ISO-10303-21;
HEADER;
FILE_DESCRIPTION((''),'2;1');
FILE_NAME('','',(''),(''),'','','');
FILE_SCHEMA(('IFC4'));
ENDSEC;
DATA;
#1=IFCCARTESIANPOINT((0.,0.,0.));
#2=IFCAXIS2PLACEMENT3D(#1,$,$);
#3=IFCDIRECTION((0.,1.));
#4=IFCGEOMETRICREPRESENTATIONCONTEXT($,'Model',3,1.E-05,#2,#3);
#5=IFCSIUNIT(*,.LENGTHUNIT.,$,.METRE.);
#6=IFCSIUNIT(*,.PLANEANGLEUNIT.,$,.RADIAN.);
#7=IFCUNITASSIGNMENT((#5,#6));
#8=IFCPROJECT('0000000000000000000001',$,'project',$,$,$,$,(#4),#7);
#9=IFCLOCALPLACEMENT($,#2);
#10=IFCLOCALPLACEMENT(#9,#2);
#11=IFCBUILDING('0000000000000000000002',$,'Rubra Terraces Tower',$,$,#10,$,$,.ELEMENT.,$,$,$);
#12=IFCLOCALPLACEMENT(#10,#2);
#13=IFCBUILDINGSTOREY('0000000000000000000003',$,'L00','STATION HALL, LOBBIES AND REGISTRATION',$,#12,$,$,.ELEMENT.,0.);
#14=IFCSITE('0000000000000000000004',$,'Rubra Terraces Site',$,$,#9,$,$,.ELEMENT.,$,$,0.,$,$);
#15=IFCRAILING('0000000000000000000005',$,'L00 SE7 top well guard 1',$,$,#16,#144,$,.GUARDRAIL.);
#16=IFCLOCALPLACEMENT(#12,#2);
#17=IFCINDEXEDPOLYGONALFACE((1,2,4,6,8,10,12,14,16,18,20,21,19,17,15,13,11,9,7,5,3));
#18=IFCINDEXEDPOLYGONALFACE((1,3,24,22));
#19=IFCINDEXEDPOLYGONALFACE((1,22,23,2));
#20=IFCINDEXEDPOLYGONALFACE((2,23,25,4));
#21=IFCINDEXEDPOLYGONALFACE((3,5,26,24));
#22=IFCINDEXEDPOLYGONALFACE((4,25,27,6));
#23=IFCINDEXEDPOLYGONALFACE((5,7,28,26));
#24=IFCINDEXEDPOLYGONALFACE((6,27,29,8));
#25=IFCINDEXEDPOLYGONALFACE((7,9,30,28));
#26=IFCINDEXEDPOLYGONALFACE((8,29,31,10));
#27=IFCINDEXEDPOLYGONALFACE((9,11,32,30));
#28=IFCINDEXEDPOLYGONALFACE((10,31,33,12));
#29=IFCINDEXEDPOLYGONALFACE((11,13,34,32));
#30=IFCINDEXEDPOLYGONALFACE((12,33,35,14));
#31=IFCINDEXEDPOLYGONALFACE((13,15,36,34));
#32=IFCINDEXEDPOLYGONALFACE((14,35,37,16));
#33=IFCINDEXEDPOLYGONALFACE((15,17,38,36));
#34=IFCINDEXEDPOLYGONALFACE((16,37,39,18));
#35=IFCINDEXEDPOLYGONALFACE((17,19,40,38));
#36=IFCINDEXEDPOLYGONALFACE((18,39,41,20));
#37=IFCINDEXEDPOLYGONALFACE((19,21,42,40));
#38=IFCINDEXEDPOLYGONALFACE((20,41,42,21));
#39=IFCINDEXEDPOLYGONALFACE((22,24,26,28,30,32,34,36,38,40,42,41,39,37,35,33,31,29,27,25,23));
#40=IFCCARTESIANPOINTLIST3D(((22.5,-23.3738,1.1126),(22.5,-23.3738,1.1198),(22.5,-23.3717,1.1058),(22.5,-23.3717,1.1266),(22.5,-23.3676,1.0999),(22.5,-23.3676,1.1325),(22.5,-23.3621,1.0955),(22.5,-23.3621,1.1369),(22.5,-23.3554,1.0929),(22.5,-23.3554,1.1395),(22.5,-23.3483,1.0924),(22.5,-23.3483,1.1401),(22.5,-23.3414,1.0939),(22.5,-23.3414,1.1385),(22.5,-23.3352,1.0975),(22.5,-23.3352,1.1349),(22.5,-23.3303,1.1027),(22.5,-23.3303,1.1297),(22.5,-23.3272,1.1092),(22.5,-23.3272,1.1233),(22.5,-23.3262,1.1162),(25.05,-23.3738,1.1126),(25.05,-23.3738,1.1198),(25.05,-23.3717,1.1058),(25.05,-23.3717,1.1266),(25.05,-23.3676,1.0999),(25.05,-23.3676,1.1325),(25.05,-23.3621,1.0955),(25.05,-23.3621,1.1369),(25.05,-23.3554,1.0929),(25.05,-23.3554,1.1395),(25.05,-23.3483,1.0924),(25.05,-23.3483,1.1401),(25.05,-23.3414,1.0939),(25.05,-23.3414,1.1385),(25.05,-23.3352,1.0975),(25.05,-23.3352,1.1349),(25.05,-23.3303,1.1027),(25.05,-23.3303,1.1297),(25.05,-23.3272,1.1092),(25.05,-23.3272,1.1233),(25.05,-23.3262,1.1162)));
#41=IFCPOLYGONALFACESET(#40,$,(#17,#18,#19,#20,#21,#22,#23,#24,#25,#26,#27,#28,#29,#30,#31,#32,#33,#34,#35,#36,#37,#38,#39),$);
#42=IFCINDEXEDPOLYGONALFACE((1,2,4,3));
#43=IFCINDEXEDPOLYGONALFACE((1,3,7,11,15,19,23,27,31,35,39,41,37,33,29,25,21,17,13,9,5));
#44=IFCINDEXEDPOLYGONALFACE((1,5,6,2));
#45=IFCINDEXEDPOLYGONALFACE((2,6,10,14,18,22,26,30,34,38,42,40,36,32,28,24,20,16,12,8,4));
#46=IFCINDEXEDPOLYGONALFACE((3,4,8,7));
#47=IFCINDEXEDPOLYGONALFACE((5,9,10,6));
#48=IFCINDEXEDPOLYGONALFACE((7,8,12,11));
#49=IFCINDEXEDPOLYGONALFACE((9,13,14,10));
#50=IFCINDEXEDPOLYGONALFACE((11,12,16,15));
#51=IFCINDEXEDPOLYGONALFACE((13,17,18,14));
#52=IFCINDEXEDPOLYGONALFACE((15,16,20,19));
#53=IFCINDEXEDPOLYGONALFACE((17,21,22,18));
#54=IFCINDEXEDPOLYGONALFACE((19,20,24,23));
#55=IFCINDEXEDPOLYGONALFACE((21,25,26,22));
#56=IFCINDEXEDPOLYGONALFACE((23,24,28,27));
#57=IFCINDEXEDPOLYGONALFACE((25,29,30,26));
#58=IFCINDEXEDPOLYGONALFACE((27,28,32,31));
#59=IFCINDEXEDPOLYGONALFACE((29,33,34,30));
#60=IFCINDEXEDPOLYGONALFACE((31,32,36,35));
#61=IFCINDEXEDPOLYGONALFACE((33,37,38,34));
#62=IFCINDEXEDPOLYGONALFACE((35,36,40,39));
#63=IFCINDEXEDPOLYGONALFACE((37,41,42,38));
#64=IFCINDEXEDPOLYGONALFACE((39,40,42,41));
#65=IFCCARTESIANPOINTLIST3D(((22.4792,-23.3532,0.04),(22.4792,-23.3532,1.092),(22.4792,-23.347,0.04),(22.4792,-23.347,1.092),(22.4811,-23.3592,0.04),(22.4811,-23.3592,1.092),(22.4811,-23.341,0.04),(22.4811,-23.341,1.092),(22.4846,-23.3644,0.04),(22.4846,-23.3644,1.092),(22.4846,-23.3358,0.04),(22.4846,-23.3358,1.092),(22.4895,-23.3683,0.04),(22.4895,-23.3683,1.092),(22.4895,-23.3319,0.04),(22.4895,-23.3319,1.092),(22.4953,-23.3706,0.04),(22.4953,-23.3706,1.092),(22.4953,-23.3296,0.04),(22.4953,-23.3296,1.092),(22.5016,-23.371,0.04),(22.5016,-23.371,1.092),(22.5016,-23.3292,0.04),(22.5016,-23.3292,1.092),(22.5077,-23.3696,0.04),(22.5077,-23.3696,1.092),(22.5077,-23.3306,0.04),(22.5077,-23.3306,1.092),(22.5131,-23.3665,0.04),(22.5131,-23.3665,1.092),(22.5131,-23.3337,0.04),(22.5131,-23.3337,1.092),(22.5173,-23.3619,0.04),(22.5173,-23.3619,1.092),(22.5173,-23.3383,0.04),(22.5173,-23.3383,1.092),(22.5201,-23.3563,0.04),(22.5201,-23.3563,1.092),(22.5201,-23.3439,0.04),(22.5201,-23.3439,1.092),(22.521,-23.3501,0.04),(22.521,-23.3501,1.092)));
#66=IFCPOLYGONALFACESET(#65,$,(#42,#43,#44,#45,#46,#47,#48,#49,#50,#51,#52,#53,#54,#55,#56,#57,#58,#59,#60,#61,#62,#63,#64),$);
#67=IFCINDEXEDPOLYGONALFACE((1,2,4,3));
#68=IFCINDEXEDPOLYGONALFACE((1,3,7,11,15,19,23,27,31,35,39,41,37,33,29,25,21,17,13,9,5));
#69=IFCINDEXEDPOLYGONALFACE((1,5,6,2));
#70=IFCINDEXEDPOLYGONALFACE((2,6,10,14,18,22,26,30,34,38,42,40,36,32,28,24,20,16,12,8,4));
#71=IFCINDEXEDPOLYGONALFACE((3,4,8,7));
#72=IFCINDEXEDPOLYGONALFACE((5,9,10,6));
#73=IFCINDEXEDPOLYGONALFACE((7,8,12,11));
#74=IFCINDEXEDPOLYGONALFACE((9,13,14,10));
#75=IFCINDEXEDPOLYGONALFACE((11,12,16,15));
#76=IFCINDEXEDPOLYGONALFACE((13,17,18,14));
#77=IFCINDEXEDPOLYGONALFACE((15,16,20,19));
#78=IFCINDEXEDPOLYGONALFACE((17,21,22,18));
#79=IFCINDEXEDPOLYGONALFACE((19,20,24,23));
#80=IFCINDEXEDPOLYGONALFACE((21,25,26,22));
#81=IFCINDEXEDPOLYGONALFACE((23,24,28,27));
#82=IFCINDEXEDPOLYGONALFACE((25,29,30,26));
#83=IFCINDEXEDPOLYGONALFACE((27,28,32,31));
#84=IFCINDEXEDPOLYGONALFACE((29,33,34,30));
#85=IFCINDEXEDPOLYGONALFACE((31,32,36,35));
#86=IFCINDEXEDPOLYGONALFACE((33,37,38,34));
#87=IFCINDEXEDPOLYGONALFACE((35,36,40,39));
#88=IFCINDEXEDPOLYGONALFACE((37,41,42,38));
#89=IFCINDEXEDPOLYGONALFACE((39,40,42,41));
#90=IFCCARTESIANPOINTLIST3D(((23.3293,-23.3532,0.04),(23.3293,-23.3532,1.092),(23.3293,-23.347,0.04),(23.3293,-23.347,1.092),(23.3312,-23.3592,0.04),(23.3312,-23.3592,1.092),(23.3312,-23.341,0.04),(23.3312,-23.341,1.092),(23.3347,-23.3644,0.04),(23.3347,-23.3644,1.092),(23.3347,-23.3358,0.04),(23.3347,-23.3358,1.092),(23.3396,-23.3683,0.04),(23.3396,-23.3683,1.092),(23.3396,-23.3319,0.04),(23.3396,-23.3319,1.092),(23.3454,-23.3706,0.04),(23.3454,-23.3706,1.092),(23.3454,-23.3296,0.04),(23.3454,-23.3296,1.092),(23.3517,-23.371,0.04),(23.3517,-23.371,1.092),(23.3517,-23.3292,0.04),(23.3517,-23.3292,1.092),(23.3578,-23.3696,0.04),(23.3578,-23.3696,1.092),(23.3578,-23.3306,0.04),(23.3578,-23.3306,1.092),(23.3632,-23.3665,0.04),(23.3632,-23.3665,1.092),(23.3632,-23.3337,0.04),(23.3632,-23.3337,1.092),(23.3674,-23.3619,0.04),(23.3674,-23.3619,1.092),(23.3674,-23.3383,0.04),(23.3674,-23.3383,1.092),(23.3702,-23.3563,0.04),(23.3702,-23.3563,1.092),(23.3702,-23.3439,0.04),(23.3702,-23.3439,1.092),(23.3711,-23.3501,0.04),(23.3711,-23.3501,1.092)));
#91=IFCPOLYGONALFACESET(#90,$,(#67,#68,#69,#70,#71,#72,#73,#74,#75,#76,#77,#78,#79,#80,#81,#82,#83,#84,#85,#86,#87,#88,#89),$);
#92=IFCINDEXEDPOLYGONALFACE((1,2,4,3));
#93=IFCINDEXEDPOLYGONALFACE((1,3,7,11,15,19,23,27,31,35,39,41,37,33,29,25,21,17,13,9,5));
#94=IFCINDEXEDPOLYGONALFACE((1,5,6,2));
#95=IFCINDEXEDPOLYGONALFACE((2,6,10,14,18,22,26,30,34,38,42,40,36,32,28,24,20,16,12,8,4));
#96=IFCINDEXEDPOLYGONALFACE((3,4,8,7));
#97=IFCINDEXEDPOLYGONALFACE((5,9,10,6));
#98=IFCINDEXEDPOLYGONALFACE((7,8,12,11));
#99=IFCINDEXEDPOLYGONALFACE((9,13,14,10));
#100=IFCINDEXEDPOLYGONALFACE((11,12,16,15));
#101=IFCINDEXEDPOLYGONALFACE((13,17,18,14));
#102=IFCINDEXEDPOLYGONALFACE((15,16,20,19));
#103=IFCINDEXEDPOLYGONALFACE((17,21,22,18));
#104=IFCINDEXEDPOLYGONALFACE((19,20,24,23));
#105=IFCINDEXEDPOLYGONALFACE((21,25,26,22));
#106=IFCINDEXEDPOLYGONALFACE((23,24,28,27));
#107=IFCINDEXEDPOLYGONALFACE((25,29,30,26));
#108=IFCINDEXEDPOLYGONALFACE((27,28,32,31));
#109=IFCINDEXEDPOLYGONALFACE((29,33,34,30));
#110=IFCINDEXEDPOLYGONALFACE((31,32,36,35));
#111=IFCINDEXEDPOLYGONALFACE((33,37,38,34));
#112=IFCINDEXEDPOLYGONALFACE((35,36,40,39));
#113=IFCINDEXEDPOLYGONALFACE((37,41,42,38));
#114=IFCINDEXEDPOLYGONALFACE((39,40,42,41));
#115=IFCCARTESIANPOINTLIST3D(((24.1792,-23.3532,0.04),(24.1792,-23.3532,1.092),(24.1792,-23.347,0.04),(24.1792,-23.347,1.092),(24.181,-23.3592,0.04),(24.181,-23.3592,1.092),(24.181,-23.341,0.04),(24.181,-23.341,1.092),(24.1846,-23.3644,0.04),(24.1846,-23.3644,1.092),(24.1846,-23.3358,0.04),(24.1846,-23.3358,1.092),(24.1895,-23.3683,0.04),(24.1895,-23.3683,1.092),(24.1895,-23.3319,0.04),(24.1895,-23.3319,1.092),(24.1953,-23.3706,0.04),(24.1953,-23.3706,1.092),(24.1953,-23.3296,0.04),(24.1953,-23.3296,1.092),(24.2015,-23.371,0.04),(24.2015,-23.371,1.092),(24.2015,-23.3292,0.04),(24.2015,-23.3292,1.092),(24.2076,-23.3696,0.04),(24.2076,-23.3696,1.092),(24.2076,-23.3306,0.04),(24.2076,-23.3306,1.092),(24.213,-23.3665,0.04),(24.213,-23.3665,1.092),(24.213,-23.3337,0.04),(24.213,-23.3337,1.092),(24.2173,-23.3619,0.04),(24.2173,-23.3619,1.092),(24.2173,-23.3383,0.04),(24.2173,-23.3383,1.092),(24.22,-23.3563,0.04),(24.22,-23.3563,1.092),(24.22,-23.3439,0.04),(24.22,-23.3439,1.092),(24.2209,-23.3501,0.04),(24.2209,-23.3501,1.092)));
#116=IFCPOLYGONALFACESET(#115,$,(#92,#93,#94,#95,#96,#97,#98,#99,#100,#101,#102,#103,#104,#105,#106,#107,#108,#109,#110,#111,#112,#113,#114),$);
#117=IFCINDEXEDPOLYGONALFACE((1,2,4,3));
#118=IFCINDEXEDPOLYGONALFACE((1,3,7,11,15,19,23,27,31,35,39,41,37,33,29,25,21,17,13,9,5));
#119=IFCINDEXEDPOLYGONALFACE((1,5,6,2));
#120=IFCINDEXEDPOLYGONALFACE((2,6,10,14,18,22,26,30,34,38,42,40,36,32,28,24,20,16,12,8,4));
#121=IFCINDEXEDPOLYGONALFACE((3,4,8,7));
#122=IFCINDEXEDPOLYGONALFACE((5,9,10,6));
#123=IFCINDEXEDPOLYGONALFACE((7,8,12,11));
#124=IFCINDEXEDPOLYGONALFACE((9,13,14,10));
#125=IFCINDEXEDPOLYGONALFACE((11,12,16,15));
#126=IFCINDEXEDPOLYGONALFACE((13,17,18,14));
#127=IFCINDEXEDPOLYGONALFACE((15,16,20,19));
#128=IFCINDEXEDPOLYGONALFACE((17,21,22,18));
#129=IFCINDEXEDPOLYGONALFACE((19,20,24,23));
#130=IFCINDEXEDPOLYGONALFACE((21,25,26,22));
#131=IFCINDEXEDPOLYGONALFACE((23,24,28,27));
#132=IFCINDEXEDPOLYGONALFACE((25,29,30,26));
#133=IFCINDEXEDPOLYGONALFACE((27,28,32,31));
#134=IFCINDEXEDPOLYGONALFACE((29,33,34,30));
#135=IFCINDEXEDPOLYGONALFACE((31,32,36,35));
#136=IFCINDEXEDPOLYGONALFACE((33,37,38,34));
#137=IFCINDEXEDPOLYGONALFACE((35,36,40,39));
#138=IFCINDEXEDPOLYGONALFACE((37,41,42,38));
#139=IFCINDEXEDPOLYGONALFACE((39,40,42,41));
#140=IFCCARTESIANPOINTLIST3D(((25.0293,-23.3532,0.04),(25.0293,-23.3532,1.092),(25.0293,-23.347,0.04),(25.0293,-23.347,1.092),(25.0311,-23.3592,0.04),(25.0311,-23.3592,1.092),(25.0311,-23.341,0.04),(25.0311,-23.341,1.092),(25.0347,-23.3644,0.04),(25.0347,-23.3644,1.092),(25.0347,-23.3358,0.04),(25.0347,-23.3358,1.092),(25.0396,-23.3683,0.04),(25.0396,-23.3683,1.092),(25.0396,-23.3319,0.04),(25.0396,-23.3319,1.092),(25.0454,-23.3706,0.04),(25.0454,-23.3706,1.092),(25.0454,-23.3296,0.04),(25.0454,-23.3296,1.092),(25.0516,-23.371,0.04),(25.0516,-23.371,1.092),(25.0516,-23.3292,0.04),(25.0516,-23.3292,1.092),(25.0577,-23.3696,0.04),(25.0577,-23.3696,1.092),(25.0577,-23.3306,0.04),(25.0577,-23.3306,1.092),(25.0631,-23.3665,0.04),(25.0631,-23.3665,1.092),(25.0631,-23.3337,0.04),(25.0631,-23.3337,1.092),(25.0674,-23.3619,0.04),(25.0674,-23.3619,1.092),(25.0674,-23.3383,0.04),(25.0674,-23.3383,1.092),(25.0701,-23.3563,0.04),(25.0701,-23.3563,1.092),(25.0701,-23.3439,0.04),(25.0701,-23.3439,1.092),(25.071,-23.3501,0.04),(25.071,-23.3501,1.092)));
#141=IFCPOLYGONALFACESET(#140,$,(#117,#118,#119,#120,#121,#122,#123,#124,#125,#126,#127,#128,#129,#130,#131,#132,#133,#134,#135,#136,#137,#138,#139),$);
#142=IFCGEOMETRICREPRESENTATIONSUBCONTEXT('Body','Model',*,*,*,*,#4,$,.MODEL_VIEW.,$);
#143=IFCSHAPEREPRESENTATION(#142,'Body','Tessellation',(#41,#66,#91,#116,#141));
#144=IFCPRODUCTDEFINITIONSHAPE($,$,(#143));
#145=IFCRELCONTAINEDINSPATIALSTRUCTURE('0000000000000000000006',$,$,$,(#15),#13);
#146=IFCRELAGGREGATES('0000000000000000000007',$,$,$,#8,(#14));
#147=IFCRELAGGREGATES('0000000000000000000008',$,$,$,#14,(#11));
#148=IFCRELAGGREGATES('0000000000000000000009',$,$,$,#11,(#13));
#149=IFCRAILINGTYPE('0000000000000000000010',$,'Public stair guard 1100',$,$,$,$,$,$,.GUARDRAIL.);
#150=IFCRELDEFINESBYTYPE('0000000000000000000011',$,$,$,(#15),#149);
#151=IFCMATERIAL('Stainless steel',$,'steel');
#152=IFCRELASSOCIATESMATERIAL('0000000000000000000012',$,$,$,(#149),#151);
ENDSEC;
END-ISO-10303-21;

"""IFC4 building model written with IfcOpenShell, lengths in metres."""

from ifc_helpers import new_model, si_unit, direction, frame, origin, origin_2d, place, context, subcontext, project, spatial, circle, extrude, material, type_object, element, save


model = new_model("IFC4")

# Units and contexts
model_context = context("Model", 3, precision=1e-05, world=origin(), true_north=direction((0.0, 1.0)))
body_context = subcontext(model_context, "Body", "Model", "MODEL_VIEW")
ifc_project = project(units=[si_unit("LENGTHUNIT", "METRE"), si_unit("PLANEANGLEUNIT", "RADIAN")], contexts=[model_context])

# Site, building, storey
site_placement = place(None, origin())
site = spatial("IfcSite", under=ifc_project, at=site_placement, Name="Rubra Terraces Site", CompositionType="ELEMENT", RefElevation=0.0)
building_placement = place(site_placement, origin())
building = spatial("IfcBuilding", under=site, at=building_placement, Name="Rubra Terraces Tower", CompositionType="ELEMENT")
storey_placement = place(building_placement, origin())
storey = spatial("IfcBuildingStorey", under=building, at=storey_placement, Name="L00", Description="STATION HALL, LOBBIES AND REGISTRATION", CompositionType="ELEMENT", Elevation=0.0)

# Railing
ifc_material_1 = material(Name="Stainless steel", Category="steel")
railing_type_1 = type_object("IfcRailingType", Name="Public stair guard 1100", PredefinedType="GUARDRAIL", material=ifc_material_1)
railing_1_placement = place(storey_placement, frame((22.5, -23.3501, 0.04)))
element("IfcRailing", 1, at=railing_1_placement, inside=storey, type_object=railing_type_1, Name="L00 SE7 top well guard 1", PredefinedType="GUARDRAIL", context=body_context, shape_type="SweptSolid", body=[
    extrude(circle(Radius=0.0239, at=origin_2d()), frame((0.0, 0.0, 1.0762), z_axis=(1.0, 0.0, 0.0), x_axis=(0.0, 1.0, 0.0)), (0.0, 0.0, 1.0), 2.55),
    extrude(circle(Radius=0.021, at=origin_2d()), origin(), (0.0, 0.0, 1.0), 1.052),
    extrude(circle(Radius=0.021, at=origin_2d()), frame((0.8501, 0.0, 0.0)), (0.0, 0.0, 1.0), 1.052),
    extrude(circle(Radius=0.021, at=origin_2d()), frame((1.7, 0.0, 0.0)), (0.0, 0.0, 1.0), 1.052),
    extrude(circle(Radius=0.021, at=origin_2d()), frame((2.55, 0.0, 0.0)), (0.0, 0.0, 1.0), 1.052),
])

save(model, "model.ifc")
